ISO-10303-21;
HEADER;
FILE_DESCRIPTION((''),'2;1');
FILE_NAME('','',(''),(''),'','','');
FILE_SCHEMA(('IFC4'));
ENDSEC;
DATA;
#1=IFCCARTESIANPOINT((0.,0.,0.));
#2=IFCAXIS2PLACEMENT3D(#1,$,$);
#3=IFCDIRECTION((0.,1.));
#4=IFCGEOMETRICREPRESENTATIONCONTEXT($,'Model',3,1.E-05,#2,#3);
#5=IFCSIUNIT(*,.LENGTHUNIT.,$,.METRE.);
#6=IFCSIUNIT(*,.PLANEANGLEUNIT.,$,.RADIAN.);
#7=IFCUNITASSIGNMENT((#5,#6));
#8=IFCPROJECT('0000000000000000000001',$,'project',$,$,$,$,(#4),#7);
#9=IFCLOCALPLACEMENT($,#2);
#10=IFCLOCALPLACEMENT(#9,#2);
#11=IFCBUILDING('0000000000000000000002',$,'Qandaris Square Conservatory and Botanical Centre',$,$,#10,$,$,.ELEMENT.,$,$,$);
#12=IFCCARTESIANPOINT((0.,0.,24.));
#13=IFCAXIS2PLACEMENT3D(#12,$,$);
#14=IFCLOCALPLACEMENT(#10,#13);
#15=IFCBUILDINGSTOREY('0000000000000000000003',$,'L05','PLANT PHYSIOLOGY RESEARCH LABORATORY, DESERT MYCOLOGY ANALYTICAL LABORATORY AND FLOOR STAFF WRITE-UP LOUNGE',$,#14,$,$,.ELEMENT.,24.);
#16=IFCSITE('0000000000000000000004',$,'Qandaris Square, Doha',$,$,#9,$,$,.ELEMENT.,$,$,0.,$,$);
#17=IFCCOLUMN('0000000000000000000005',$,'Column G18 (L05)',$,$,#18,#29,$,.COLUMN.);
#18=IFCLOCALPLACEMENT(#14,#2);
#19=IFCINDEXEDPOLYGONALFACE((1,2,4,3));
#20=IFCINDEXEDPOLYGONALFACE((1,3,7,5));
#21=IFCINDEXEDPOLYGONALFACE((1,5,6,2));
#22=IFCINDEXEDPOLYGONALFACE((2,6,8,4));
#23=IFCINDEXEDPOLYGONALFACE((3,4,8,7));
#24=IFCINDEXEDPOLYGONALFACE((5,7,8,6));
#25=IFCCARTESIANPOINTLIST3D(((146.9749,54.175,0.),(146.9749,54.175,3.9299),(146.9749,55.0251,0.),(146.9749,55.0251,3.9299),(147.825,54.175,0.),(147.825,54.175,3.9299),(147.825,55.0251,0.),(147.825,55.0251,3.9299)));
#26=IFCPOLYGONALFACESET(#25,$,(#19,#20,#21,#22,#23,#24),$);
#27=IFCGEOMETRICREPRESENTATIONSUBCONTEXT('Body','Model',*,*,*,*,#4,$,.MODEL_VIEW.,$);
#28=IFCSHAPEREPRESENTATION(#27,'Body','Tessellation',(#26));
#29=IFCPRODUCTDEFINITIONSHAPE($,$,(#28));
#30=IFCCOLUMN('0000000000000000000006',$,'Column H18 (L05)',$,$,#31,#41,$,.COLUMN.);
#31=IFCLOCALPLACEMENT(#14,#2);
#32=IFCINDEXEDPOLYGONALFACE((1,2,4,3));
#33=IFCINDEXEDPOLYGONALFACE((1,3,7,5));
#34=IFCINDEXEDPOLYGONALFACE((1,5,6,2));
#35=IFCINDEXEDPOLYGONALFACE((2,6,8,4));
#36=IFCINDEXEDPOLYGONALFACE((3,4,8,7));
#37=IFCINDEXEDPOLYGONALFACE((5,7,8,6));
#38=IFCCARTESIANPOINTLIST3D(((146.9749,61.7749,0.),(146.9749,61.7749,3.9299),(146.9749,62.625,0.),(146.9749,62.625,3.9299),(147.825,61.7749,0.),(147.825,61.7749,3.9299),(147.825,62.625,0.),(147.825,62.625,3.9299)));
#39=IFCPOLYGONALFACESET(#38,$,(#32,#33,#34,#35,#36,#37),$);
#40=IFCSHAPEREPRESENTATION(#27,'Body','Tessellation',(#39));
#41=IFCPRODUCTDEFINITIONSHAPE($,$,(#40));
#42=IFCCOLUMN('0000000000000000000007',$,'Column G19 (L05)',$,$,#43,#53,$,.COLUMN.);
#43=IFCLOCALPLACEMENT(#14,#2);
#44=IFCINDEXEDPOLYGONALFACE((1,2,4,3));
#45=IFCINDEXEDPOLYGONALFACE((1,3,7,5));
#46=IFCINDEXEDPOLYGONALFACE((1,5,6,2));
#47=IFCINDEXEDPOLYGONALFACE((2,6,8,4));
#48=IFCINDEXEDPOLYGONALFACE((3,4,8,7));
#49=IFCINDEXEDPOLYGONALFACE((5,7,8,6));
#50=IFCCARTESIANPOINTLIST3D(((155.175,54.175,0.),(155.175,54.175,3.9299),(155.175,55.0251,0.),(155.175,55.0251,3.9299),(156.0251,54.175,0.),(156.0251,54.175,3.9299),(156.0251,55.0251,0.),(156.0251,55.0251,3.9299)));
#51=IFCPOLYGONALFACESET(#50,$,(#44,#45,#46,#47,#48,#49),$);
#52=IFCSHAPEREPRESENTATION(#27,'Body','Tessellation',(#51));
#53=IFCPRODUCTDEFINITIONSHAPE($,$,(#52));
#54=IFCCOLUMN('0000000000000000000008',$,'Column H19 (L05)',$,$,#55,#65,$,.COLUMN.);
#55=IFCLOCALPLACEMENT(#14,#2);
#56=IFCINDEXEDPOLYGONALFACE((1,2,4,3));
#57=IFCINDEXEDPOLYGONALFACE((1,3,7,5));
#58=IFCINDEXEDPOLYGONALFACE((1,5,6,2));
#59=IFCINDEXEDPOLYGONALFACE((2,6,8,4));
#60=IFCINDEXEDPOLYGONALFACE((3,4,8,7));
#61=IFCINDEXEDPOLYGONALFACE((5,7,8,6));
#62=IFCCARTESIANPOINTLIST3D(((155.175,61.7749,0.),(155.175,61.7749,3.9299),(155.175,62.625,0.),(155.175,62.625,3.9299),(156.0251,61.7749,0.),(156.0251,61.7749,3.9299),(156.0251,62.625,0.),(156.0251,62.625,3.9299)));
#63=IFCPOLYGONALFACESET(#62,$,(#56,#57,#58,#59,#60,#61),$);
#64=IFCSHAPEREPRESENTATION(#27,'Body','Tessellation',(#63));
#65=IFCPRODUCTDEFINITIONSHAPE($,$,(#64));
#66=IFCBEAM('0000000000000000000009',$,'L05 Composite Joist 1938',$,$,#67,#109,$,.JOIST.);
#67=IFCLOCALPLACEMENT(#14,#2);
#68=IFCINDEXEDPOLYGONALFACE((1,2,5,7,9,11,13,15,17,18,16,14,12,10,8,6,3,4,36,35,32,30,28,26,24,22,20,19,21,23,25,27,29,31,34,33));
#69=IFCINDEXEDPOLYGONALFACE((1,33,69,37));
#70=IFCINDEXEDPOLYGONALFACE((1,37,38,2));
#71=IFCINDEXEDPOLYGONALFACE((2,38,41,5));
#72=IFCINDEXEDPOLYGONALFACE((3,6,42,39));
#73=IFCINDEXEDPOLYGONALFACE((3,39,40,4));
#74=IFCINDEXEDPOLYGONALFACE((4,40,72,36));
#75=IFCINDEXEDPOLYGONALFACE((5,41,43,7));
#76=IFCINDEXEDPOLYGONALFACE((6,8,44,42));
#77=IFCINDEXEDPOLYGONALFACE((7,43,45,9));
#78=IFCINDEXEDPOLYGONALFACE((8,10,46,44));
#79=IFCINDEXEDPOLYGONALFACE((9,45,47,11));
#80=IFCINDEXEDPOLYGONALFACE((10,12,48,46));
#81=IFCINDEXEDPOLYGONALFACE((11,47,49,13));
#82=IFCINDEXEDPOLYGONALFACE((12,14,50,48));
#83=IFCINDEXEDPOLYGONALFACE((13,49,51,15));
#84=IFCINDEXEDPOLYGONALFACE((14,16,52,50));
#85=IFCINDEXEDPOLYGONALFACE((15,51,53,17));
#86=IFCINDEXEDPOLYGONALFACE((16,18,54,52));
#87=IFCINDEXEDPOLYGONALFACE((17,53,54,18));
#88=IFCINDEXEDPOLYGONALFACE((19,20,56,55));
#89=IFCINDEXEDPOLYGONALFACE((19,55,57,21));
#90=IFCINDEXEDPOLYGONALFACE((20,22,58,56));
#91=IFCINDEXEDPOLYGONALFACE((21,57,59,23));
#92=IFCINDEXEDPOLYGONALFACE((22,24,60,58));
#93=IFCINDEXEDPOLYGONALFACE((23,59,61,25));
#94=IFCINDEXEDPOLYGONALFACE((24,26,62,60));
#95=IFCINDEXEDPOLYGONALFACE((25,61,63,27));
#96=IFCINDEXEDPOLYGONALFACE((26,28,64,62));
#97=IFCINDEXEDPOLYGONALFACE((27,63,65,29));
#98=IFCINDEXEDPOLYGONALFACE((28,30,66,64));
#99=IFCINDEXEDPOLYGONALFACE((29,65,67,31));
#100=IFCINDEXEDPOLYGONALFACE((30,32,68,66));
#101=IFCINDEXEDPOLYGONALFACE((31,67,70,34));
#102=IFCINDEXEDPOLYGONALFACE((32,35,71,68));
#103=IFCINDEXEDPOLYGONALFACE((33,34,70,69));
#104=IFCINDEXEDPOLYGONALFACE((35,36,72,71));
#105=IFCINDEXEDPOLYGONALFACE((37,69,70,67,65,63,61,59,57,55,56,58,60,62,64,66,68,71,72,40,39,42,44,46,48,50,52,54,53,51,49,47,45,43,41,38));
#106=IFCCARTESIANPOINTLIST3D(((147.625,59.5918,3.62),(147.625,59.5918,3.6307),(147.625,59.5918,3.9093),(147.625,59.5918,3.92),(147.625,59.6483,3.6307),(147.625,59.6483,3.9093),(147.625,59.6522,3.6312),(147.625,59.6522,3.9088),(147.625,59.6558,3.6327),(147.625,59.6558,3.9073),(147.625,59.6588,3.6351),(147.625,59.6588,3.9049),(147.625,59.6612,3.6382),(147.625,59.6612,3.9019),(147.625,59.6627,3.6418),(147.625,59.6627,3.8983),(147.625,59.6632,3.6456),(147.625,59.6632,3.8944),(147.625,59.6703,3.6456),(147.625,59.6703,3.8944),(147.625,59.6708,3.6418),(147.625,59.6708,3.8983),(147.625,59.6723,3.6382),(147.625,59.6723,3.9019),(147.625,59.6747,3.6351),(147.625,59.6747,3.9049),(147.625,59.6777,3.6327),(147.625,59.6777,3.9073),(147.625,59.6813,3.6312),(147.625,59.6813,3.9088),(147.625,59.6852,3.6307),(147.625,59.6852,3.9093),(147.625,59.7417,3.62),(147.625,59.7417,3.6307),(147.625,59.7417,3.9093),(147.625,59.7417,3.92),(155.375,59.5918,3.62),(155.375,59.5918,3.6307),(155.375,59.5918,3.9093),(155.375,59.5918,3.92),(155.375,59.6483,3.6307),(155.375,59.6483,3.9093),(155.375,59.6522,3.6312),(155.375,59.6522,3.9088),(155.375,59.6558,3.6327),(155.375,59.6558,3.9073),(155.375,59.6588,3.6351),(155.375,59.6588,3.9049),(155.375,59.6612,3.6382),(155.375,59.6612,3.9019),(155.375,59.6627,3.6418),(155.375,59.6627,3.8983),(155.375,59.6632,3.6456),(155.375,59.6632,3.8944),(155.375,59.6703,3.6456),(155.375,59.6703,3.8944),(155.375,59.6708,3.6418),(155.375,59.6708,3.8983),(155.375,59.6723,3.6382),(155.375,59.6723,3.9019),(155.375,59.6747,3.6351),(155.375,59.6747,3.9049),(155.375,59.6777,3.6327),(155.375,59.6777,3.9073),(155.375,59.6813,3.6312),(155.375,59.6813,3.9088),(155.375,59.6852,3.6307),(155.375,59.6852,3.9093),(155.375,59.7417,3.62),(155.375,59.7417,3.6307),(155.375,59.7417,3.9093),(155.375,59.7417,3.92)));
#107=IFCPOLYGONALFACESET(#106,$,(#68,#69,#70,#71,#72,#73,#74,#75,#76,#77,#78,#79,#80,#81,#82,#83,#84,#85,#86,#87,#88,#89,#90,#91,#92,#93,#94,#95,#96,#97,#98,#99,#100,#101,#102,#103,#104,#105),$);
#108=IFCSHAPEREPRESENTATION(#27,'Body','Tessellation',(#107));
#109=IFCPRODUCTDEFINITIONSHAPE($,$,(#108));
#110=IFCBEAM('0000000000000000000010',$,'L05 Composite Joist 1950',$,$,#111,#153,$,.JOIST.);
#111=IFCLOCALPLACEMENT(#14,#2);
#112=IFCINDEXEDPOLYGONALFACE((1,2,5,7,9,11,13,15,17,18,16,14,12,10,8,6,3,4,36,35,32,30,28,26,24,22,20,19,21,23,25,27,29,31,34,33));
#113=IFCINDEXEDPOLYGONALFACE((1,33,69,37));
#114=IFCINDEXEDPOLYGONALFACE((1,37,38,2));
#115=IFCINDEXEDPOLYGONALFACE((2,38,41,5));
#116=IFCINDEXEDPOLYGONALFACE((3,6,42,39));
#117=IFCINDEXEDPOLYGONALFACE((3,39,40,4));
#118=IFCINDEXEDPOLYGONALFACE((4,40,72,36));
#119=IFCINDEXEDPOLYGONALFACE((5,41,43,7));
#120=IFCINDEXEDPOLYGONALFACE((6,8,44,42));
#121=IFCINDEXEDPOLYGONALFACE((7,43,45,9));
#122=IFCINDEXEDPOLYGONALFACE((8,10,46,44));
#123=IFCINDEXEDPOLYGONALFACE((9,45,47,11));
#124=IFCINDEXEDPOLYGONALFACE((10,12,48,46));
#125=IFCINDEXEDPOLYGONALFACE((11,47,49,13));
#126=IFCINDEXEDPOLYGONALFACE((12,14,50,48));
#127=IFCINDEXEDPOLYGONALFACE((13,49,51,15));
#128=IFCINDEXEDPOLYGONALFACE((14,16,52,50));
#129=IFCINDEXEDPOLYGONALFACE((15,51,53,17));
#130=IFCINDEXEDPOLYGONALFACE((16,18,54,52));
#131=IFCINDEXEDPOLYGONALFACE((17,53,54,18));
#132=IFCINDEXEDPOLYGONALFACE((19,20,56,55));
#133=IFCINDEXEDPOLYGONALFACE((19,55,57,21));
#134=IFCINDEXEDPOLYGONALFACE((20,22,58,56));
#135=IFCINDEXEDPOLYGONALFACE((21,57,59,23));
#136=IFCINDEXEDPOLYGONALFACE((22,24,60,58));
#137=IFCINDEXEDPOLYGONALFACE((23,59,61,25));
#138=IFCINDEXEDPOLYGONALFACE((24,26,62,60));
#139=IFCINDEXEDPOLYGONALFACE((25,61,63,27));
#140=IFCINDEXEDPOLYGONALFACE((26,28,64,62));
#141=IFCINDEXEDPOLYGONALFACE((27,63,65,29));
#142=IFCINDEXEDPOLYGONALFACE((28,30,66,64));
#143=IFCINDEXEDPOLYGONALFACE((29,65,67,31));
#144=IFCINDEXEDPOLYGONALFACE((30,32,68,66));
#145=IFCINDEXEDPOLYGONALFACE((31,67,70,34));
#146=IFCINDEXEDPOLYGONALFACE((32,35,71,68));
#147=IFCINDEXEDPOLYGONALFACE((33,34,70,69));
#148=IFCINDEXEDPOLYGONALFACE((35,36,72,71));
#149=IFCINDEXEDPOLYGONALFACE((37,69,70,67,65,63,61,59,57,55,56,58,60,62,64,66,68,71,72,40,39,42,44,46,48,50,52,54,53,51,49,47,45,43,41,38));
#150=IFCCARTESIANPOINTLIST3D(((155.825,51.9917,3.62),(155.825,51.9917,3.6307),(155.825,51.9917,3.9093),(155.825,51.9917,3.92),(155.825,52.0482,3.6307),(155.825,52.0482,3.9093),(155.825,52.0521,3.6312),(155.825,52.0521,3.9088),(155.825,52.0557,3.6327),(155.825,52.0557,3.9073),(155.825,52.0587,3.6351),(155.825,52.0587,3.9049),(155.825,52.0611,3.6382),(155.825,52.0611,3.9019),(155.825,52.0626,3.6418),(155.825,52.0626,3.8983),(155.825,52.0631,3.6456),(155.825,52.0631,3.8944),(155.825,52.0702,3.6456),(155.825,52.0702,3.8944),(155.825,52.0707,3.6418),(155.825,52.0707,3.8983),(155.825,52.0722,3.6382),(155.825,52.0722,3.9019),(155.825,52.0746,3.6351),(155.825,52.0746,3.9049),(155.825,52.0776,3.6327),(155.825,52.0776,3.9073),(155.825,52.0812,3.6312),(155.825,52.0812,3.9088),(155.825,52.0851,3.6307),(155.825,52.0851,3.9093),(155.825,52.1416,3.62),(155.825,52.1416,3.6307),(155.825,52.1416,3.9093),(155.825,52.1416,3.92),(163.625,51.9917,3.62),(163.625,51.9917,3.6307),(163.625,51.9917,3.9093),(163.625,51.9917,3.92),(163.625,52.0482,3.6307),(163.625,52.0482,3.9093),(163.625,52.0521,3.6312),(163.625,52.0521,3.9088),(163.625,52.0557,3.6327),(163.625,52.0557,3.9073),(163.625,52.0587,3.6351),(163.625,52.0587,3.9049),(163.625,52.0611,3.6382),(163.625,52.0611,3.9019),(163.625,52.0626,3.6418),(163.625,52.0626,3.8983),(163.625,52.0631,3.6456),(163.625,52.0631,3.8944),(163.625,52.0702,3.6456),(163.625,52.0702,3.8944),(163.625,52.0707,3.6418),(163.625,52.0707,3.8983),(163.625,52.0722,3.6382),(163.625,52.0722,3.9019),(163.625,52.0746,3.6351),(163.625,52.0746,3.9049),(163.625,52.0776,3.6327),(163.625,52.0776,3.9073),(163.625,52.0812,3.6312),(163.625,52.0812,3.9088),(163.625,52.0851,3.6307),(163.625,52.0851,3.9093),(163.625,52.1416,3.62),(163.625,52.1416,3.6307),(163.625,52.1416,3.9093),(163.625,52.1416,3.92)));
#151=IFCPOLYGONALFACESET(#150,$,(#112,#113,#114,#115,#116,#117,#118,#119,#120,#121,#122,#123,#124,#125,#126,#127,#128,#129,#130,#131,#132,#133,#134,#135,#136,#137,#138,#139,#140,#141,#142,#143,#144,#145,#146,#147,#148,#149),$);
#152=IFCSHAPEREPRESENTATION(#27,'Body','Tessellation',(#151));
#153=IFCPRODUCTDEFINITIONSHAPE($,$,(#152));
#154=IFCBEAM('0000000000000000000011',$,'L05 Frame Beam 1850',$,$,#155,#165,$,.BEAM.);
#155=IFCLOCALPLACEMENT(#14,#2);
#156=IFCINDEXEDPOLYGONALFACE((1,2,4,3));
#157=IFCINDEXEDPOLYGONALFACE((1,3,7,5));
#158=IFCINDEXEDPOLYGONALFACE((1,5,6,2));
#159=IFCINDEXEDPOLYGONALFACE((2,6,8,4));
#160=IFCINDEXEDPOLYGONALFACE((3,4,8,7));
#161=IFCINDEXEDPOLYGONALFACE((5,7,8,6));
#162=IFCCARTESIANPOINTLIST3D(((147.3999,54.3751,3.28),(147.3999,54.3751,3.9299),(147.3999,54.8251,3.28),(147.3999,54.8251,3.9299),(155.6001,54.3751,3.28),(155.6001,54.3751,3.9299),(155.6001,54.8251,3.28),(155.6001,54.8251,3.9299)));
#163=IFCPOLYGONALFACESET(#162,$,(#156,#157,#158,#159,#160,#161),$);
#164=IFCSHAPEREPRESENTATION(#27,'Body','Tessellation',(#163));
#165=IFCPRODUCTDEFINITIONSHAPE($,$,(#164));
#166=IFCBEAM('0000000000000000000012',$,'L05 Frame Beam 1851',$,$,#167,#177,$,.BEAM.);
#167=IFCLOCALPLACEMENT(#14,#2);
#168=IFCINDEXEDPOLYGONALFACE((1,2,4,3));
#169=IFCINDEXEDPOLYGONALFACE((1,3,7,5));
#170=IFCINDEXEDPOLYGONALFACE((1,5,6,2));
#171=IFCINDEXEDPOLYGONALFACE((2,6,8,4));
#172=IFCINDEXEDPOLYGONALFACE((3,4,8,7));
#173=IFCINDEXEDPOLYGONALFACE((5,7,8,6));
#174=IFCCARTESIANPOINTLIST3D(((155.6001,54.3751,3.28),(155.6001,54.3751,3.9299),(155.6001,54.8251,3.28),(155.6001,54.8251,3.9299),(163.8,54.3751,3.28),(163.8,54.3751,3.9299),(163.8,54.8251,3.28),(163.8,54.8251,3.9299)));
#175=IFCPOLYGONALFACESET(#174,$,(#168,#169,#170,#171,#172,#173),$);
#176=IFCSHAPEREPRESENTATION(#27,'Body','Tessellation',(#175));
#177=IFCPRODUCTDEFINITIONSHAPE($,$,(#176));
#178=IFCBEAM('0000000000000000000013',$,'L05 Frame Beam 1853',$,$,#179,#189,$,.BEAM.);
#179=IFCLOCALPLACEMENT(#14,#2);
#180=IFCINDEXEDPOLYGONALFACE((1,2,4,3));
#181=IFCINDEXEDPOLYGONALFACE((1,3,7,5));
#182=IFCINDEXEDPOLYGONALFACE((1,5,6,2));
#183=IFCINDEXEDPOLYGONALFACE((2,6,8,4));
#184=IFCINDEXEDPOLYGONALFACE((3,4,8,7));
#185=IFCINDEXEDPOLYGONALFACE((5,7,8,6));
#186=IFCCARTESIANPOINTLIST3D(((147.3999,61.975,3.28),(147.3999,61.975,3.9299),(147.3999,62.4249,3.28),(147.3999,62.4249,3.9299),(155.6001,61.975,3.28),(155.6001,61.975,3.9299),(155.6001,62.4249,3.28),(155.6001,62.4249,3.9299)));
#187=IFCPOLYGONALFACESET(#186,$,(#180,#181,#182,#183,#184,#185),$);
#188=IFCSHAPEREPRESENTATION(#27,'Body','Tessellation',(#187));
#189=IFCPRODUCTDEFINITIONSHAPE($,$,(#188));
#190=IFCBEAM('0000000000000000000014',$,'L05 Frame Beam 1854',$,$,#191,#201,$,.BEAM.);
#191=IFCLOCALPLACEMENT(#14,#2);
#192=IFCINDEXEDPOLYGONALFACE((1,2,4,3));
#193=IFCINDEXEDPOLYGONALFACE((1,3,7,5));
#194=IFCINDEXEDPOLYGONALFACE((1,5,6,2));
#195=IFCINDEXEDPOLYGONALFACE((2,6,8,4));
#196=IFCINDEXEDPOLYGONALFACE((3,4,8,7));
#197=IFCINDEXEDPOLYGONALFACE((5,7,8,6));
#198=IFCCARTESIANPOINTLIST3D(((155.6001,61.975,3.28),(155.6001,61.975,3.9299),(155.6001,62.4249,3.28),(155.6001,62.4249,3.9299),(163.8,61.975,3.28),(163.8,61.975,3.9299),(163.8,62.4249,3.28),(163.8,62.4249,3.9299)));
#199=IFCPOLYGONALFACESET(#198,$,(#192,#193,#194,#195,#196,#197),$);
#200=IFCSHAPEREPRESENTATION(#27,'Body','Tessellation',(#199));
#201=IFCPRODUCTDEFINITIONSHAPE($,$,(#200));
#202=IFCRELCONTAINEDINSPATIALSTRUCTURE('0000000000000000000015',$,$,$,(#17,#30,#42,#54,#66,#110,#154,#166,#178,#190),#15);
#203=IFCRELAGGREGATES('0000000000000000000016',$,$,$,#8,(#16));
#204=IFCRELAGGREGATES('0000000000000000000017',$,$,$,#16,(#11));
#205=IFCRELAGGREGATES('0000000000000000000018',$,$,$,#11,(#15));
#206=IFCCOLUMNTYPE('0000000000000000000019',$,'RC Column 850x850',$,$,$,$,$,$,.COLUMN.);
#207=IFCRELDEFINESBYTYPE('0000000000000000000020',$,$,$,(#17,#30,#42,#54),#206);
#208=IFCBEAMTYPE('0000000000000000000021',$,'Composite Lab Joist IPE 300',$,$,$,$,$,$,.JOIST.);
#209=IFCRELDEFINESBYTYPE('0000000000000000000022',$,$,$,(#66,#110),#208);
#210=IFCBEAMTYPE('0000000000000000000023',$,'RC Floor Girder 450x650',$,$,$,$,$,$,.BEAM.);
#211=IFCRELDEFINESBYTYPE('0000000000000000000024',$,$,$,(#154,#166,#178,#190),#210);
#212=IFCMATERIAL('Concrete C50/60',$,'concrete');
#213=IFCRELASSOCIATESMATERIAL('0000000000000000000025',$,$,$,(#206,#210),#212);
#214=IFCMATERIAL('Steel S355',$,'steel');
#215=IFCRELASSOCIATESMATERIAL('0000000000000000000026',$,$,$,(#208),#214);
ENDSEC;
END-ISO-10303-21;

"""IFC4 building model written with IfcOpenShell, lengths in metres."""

from ifc_helpers import new_model, si_unit, direction, frame, origin, origin_2d, place, context, subcontext, project, spatial, rectangle, i_section, extrude, material, material_profile, profile_set, type_object, element, save


model = new_model("IFC4")

# Units and contexts
model_context = context("Model", 3, precision=1e-05, world=origin(), true_north=direction((0.0, 1.0)))
body_context = subcontext(model_context, "Body", "Model", "MODEL_VIEW")
ifc_project = project(units=[si_unit("LENGTHUNIT", "METRE"), si_unit("PLANEANGLEUNIT", "RADIAN")], contexts=[model_context])

# Site, building, storey
site_placement = place(None, origin())
site = spatial("IfcSite", under=ifc_project, at=site_placement, Name="Qandaris Square, Doha", CompositionType="ELEMENT", RefElevation=0.0)
building_placement = place(site_placement, origin())
building = spatial("IfcBuilding", under=site, at=building_placement, Name="Qandaris Square Conservatory and Botanical Centre", CompositionType="ELEMENT")
storey_placement = place(building_placement, frame((0.0, 0.0, 24.0)))
storey = spatial("IfcBuildingStorey", under=building, at=storey_placement, Name="L05", Description="PLANT PHYSIOLOGY RESEARCH LABORATORY, DESERT MYCOLOGY ANALYTICAL LABORATORY AND FLOOR STAFF WRITE-UP LOUNGE", CompositionType="ELEMENT", Elevation=24.0)

# Columns
ifc_material_1 = material(Name="Concrete C50/60", Category="concrete")
ifc_material_profile_1 = material_profile(ifc_material_1, rectangle(XDim=0.8501, YDim=0.8501, at=origin_2d()), Name="RC-COL 850x850")
ifc_profile_set_1 = profile_set([ifc_material_profile_1], Name="Concrete C50/60")
column_type = type_object("IfcColumnType", Name="RC Column 850x850", PredefinedType="COLUMN", material=ifc_profile_set_1)
for number, where, z_axis, x_axis, name in (
    (1, (147.3999, 54.6001, 0.0), (0.0, 0.0, 1.0), (1.0, 0.0, 0.0), "Column G18 (L05)"),
    (2, (147.3999, 62.2, 0.0), (0.0, 0.0, 1.0), (1.0, 0.0, 0.0), "Column H18 (L05)"),
    (3, (155.6001, 54.6001, 0.0), (0.0, 0.0, 1.0), (1.0, 0.0, 0.0), "Column G19 (L05)"),
    (4, (155.6001, 62.2, 0.0), (0.0, 0.0, 1.0), (1.0, 0.0, 0.0), "Column H19 (L05)"),
):
    element("IfcColumn", number, at=place(storey_placement, frame(where, z_axis=z_axis, x_axis=x_axis)), inside=storey, type_object=column_type, Name=name, PredefinedType="COLUMN", context=body_context, shape_type="SweptSolid", body=[
        extrude(rectangle(XDim=0.8501, YDim=0.8501, at=origin_2d()), origin(), (0.0, 0.0, 1.0), 3.9299),
    ])

# Beams
ifc_material_2 = material(Name="Steel S355", Category="steel")
ifc_material_profile_2 = material_profile(ifc_material_2, i_section(OverallWidth=0.1499, OverallDepth=0.3, WebThickness=0.0071, FlangeThickness=0.0107, FilletRadius=0.0149, at=origin_2d()), Name="IPE 300")
ifc_profile_set_2 = profile_set([ifc_material_profile_2], Name="Steel S355")
beam_type_1 = type_object("IfcBeamType", Name="Composite Lab Joist IPE 300", PredefinedType="JOIST", material=ifc_profile_set_2)
beam_1_placement = place(storey_placement, frame((147.625, 59.6667, 3.77), z_axis=(1.0, 0.0, 0.0), x_axis=(0.0, 1.0, 0.0)))
element("IfcBeam", 5, at=beam_1_placement, inside=storey, type_object=beam_type_1, Name="L05 Composite Joist 1938", PredefinedType="JOIST", context=body_context, shape_type="SweptSolid", body=[
    extrude(i_section(OverallWidth=0.1499, OverallDepth=0.3, WebThickness=0.0071, FlangeThickness=0.0107, FilletRadius=0.0149, at=origin_2d()), origin(), (0.0, 0.0, 1.0), 7.75),
])
beam_2_placement = place(storey_placement, frame((155.825, 52.0667, 3.77), z_axis=(1.0, 0.0, 0.0), x_axis=(0.0, 1.0, 0.0)))
element("IfcBeam", 6, at=beam_2_placement, inside=storey, type_object=beam_type_1, Name="L05 Composite Joist 1950", PredefinedType="JOIST", context=body_context, shape_type="SweptSolid", body=[
    extrude(i_section(OverallWidth=0.1499, OverallDepth=0.3, WebThickness=0.0071, FlangeThickness=0.0107, FilletRadius=0.0149, at=origin_2d()), origin(), (0.0, 0.0, 1.0), 7.8),
])
ifc_material_profile_3 = material_profile(ifc_material_1, rectangle(XDim=0.45, YDim=0.6499, at=origin_2d()), Name="RC-BM 450x650")
ifc_profile_set_3 = profile_set([ifc_material_profile_3], Name="Concrete C50/60")
beam_type_2 = type_object("IfcBeamType", Name="RC Floor Girder 450x650", PredefinedType="BEAM", material=ifc_profile_set_3)
beam_3_placement = place(storey_placement, frame((147.3999, 54.6001, 3.605), z_axis=(1.0, 0.0, 0.0), x_axis=(0.0, 1.0, 0.0)))
element("IfcBeam", 7, at=beam_3_placement, inside=storey, type_object=beam_type_2, Name="L05 Frame Beam 1850", PredefinedType="BEAM", context=body_context, shape_type="SweptSolid", body=[
    extrude(rectangle(XDim=0.45, YDim=0.6499, at=origin_2d()), origin(), (0.0, 0.0, 1.0), 8.2002),
])
beam_4_placement = place(storey_placement, frame((155.6001, 54.6001, 3.605), z_axis=(1.0, 0.0, 0.0), x_axis=(0.0, 1.0, 0.0)))
element("IfcBeam", 8, at=beam_4_placement, inside=storey, type_object=beam_type_2, Name="L05 Frame Beam 1851", PredefinedType="BEAM", context=body_context, shape_type="SweptSolid", body=[
    extrude(rectangle(XDim=0.45, YDim=0.6499, at=origin_2d()), origin(), (0.0, 0.0, 1.0), 8.2),
])
beam_5_placement = place(storey_placement, frame((147.3999, 62.2, 3.605), z_axis=(1.0, 0.0, 0.0), x_axis=(0.0, 1.0, 0.0)))
element("IfcBeam", 9, at=beam_5_placement, inside=storey, type_object=beam_type_2, Name="L05 Frame Beam 1853", PredefinedType="BEAM", context=body_context, shape_type="SweptSolid", body=[
    extrude(rectangle(XDim=0.45, YDim=0.6499, at=origin_2d()), origin(), (0.0, 0.0, 1.0), 8.2002),
])
beam_6_placement = place(storey_placement, frame((155.6001, 62.2, 3.605), z_axis=(1.0, 0.0, 0.0), x_axis=(0.0, 1.0, 0.0)))
element("IfcBeam", 10, at=beam_6_placement, inside=storey, type_object=beam_type_2, Name="L05 Frame Beam 1854", PredefinedType="BEAM", context=body_context, shape_type="SweptSolid", body=[
    extrude(rectangle(XDim=0.45, YDim=0.6499, at=origin_2d()), origin(), (0.0, 0.0, 1.0), 8.2),
])

save(model, "model.ifc")
